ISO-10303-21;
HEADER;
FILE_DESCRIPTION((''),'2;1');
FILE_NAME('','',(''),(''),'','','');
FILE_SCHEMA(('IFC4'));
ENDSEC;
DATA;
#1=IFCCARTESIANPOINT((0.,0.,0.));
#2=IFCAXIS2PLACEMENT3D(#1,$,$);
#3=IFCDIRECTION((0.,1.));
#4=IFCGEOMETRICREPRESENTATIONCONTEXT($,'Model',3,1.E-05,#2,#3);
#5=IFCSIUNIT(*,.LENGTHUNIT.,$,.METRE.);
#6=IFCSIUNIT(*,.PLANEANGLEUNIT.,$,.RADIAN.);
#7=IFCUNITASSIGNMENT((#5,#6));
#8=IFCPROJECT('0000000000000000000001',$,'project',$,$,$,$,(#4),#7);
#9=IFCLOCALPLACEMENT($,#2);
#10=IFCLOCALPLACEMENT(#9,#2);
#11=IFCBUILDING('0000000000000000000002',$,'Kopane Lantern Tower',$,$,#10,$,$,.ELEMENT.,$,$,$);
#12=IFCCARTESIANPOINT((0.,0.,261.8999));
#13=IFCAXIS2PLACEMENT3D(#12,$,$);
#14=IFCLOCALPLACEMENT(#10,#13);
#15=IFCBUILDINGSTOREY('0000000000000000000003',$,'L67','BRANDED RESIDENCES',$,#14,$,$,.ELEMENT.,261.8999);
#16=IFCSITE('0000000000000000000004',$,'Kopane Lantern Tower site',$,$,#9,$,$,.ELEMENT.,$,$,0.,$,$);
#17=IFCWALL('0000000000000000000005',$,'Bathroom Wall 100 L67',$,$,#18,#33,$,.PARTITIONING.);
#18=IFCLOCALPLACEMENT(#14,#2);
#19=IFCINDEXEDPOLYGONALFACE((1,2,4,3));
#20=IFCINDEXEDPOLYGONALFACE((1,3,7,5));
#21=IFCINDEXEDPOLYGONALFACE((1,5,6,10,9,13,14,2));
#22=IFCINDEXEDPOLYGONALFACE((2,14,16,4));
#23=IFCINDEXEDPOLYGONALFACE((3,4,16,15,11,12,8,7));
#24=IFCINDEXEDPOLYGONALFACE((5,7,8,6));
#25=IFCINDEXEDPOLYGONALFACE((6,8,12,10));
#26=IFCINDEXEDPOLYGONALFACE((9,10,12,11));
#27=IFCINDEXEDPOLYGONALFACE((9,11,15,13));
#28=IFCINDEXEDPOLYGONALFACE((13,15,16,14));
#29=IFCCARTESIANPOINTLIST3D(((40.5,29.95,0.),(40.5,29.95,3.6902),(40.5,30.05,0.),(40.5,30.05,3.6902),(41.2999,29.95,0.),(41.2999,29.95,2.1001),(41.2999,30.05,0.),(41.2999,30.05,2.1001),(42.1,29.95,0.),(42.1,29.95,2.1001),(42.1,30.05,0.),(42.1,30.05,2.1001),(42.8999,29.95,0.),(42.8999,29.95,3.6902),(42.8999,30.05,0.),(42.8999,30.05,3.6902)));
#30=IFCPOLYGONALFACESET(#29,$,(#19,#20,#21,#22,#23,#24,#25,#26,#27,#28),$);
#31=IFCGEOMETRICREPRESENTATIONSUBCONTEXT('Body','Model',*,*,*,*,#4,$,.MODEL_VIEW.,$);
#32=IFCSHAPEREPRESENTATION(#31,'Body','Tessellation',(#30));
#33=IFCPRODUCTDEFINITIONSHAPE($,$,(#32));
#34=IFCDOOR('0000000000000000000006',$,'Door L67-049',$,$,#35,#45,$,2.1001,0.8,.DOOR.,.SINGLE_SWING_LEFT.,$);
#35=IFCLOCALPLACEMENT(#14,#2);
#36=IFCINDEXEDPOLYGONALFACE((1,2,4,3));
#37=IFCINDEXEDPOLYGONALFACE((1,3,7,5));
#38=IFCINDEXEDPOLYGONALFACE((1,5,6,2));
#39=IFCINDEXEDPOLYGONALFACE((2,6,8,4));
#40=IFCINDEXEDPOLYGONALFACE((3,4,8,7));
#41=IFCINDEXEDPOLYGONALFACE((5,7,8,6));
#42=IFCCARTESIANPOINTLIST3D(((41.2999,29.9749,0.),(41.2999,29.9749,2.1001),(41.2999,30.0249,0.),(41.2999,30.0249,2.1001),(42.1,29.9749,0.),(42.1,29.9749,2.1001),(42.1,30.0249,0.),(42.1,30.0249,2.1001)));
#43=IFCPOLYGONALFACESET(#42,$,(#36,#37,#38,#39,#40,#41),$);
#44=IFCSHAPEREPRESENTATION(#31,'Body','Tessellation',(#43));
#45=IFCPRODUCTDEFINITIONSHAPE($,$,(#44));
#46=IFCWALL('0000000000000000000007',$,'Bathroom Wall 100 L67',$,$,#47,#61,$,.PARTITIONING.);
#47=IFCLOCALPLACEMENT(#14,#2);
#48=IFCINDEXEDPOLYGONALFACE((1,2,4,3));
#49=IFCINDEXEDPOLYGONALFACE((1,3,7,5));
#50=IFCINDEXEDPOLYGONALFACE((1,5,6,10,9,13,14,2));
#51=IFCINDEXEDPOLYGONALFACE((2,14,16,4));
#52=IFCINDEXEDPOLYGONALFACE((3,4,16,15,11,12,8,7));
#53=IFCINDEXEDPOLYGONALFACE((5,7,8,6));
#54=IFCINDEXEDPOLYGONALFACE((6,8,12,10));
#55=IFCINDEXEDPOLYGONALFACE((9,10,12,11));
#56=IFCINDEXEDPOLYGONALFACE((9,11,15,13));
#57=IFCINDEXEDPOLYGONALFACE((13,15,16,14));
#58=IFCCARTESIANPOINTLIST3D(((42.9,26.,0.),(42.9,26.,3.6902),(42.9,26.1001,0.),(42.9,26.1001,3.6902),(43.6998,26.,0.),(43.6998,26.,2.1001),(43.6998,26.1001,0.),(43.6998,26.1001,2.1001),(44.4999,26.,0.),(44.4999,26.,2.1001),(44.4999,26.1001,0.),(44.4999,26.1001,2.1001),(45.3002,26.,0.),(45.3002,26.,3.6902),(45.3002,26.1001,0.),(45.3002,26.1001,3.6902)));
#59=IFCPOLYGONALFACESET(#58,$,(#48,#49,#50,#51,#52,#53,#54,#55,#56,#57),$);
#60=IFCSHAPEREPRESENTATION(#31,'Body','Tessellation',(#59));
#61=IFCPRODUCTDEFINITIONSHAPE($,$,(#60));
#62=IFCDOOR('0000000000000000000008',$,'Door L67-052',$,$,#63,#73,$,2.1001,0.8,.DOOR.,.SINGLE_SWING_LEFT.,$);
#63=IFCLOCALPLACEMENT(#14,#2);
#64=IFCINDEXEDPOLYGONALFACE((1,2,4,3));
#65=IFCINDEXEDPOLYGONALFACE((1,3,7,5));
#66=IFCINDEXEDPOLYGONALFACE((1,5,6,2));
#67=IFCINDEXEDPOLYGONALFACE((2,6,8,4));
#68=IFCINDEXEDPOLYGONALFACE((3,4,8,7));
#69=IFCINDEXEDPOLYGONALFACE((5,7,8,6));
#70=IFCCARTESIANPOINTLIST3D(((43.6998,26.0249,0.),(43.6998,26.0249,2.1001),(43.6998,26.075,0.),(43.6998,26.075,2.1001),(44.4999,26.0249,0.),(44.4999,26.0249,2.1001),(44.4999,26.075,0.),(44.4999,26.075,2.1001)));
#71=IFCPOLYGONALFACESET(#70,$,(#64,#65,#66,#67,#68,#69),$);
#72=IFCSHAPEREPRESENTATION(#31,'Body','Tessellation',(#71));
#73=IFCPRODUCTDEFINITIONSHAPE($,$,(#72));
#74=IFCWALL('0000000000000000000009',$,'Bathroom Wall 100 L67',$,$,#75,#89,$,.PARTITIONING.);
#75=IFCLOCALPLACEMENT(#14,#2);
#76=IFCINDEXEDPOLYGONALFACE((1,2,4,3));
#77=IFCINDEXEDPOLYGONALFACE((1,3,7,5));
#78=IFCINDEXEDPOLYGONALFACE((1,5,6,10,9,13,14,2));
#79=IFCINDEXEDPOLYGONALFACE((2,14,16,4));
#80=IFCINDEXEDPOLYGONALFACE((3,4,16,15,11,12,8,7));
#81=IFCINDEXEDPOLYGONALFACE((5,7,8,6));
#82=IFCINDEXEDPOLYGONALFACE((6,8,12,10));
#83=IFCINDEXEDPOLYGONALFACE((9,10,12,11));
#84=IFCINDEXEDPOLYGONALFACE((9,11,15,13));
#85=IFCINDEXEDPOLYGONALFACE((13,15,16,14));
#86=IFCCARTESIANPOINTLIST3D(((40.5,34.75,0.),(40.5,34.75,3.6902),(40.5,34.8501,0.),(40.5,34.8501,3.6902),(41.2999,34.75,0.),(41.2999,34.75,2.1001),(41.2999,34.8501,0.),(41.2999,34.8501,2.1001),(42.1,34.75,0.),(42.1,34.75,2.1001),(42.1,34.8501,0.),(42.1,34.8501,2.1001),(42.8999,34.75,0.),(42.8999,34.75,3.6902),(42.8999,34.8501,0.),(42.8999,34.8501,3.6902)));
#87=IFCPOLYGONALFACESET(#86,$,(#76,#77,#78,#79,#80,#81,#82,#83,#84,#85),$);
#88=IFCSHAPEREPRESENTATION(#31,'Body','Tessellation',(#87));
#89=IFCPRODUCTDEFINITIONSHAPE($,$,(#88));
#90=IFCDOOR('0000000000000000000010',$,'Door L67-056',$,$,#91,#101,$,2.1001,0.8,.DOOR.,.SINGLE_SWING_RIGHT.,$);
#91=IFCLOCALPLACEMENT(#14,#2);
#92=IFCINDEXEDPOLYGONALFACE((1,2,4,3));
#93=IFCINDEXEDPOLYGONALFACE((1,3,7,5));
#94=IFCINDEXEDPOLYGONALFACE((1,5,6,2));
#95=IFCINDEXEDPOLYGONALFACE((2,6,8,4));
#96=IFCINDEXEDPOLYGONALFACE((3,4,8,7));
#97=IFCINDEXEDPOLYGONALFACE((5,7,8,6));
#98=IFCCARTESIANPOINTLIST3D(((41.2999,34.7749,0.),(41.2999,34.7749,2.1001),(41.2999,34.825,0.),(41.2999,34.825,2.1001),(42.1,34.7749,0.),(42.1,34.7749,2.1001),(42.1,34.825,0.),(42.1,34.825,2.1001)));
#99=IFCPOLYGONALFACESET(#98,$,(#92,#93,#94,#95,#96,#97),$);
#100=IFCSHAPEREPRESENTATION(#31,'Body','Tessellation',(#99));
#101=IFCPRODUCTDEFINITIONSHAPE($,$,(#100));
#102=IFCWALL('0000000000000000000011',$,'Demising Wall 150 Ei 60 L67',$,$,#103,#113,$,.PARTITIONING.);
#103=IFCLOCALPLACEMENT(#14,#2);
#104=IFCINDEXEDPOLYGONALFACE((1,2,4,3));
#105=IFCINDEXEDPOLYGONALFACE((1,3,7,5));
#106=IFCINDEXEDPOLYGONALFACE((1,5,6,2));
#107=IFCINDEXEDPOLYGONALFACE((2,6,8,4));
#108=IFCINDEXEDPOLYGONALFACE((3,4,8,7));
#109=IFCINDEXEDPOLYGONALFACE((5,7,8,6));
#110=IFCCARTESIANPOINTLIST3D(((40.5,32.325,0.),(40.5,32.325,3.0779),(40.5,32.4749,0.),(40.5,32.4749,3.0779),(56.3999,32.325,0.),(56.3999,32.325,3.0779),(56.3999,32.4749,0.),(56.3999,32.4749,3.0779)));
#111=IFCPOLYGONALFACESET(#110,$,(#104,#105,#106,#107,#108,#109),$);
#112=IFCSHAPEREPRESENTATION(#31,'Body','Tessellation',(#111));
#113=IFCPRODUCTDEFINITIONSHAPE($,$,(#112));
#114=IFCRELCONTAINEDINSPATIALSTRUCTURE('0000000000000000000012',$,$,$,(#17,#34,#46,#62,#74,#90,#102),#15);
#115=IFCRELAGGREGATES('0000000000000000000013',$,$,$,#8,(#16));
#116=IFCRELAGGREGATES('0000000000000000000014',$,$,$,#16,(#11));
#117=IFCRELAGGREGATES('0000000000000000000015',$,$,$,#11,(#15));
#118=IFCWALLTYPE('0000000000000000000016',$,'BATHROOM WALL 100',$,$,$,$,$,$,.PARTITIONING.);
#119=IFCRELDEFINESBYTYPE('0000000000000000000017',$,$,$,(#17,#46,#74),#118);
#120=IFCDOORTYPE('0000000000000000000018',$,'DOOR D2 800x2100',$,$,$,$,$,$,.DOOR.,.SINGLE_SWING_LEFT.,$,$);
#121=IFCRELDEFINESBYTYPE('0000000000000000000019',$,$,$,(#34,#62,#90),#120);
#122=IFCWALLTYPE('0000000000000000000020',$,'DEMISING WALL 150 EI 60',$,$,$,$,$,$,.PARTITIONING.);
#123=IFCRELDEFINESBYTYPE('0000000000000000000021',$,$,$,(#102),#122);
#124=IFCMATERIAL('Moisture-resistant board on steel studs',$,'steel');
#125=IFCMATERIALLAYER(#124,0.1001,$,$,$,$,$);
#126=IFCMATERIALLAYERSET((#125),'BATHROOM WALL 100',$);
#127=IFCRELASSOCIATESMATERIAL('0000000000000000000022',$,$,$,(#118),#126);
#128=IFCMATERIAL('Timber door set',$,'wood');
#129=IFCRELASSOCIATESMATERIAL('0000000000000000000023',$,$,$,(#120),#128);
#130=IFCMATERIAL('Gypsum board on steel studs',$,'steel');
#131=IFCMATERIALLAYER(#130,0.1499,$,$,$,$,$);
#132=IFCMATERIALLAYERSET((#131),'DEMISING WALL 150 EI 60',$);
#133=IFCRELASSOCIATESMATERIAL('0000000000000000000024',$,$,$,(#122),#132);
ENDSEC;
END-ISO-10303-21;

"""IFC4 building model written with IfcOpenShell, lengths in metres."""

from ifc_helpers import new_model, si_unit, direction, frame, frame_2d, origin, place, context, subcontext, project, spatial, rectangle, extrude, material, layer, layer_set, type_object, element, fill, save


model = new_model("IFC4")

# Units and contexts
model_context = context("Model", 3, precision=1e-05, world=origin(), true_north=direction((0.0, 1.0)))
body_context = subcontext(model_context, "Body", "Model", "MODEL_VIEW")
ifc_project = project(units=[si_unit("LENGTHUNIT", "METRE"), si_unit("PLANEANGLEUNIT", "RADIAN")], contexts=[model_context])

# Site, building, storey
site_placement = place(None, origin())
site = spatial("IfcSite", under=ifc_project, at=site_placement, Name="Kopane Lantern Tower site", CompositionType="ELEMENT", RefElevation=0.0)
building_placement = place(site_placement, origin())
building = spatial("IfcBuilding", under=site, at=building_placement, Name="Kopane Lantern Tower", CompositionType="ELEMENT")
storey_placement = place(building_placement, frame((0.0, 0.0, 261.8999)))
storey = spatial("IfcBuildingStorey", under=building, at=storey_placement, Name="L67", Description="BRANDED RESIDENCES", CompositionType="ELEMENT", Elevation=261.8999)

# Walls, openings, doors
ifc_material_1 = material(Name="Moisture-resistant board on steel studs", Category="steel")
ifc_layer_1 = layer(ifc_material_1, 0.1001)
ifc_layer_set_1 = layer_set([ifc_layer_1], Name="BATHROOM WALL 100")
wall_type_1 = type_object("IfcWallType", Name="BATHROOM WALL 100", PredefinedType="PARTITIONING", material=ifc_layer_set_1)
wall_1_placement = place(storey_placement, frame((40.5, 30.0, 0.0), z_axis=(0.0, 0.0, 1.0), x_axis=(1.0, 0.0, 0.0)))
wall_1 = element("IfcWall", 1, at=wall_1_placement, inside=storey, type_object=wall_type_1, Name="Bathroom Wall 100 L67", PredefinedType="PARTITIONING", context=body_context, shape_type="SweptSolid", body=[
    extrude(rectangle(XDim=2.3999, YDim=0.1001, at=frame_2d((1.2, 0.0))), origin(), (0.0, 0.0, 1.0), 3.6902),
])
opening_1_placement = place(wall_1_placement, frame((0.8, 0.0, 0.0)))
opening_1 = element("IfcOpeningElement", 2, at=opening_1_placement, cuts=wall_1, PredefinedType="OPENING", context=body_context, shape_type="SweptSolid", body=[
    extrude(rectangle(XDim=0.8, YDim=2.1001, at=frame_2d((0.3999, 1.05))), frame((0.0, 0.0601, 0.0), z_axis=(0.0, -1.0, 0.0), x_axis=(1.0, 0.0, 0.0)), (0.0, 0.0, 1.0), 0.1201),
])
ifc_material_2 = material(Name="Timber door set", Category="wood")
door_type = type_object("IfcDoorType", Name="DOOR D2 800x2100", OperationType="SINGLE_SWING_LEFT", PredefinedType="DOOR", material=ifc_material_2)
door_1_placement = place(opening_1_placement, origin())
door_1 = element("IfcDoor", 3, at=door_1_placement, inside=storey, type_object=door_type, Name="Door L67-049", OperationType="SINGLE_SWING_LEFT", OverallHeight=2.1001, OverallWidth=0.8, PredefinedType="DOOR", context=body_context, shape_type="SweptSolid", body=[
    extrude(rectangle(XDim=0.8, YDim=2.1001, at=frame_2d((0.3999, 1.05))), frame((0.0, 0.0249, 0.0), z_axis=(0.0, -1.0, 0.0), x_axis=(1.0, 0.0, 0.0)), (0.0, 0.0, 1.0), 0.05),
])
fill(opening_1, door_1)
wall_2_placement = place(storey_placement, frame((42.8999, 26.05, 0.0), z_axis=(0.0, 0.0, 1.0), x_axis=(1.0, 0.0, 0.0)))
wall_2 = element("IfcWall", 4, at=wall_2_placement, inside=storey, type_object=wall_type_1, Name="Bathroom Wall 100 L67", PredefinedType="PARTITIONING", context=body_context, shape_type="SweptSolid", body=[
    extrude(rectangle(XDim=2.4001, YDim=0.1001, at=frame_2d((1.2002, 0.0))), origin(), (0.0, 0.0, 1.0), 3.6902),
])
opening_2_placement = place(wall_2_placement, frame((0.8, 0.0, 0.0)))
opening_2 = element("IfcOpeningElement", 5, at=opening_2_placement, cuts=wall_2, PredefinedType="OPENING", context=body_context, shape_type="SweptSolid", body=[
    extrude(rectangle(XDim=0.8, YDim=2.1001, at=frame_2d((0.3999, 1.05))), frame((0.0, 0.0601, 0.0), z_axis=(0.0, -1.0, 0.0), x_axis=(1.0, 0.0, 0.0)), (0.0, 0.0, 1.0), 0.1201),
])
door_2_placement = place(opening_2_placement, origin())
door_2 = element("IfcDoor", 6, at=door_2_placement, inside=storey, type_object=door_type, Name="Door L67-052", OperationType="SINGLE_SWING_LEFT", OverallHeight=2.1001, OverallWidth=0.8, PredefinedType="DOOR", context=body_context, shape_type="SweptSolid", body=[
    extrude(rectangle(XDim=0.8, YDim=2.1001, at=frame_2d((0.3999, 1.05))), frame((0.0, 0.0249, 0.0), z_axis=(0.0, -1.0, 0.0), x_axis=(1.0, 0.0, 0.0)), (0.0, 0.0, 1.0), 0.05),
])
fill(opening_2, door_2)
wall_3_placement = place(storey_placement, frame((40.5, 34.8, 0.0), z_axis=(0.0, 0.0, 1.0), x_axis=(1.0, 0.0, 0.0)))
wall_3 = element("IfcWall", 7, at=wall_3_placement, inside=storey, type_object=wall_type_1, Name="Bathroom Wall 100 L67", PredefinedType="PARTITIONING", context=body_context, shape_type="SweptSolid", body=[
    extrude(rectangle(XDim=2.3999, YDim=0.1001, at=frame_2d((1.2, 0.0))), origin(), (0.0, 0.0, 1.0), 3.6902),
])
opening_3_placement = place(wall_3_placement, frame((0.8, 0.0, 0.0)))
opening_3 = element("IfcOpeningElement", 8, at=opening_3_placement, cuts=wall_3, PredefinedType="OPENING", context=body_context, shape_type="SweptSolid", body=[
    extrude(rectangle(XDim=0.8, YDim=2.1001, at=frame_2d((0.3999, 1.05))), frame((0.0, 0.0601, 0.0), z_axis=(0.0, -1.0, 0.0), x_axis=(1.0, 0.0, 0.0)), (0.0, 0.0, 1.0), 0.1201),
])
door_3_placement = place(opening_3_placement, origin())
door_3 = element("IfcDoor", 9, at=door_3_placement, inside=storey, type_object=door_type, Name="Door L67-056", OperationType="SINGLE_SWING_RIGHT", OverallHeight=2.1001, OverallWidth=0.8, PredefinedType="DOOR", context=body_context, shape_type="SweptSolid", body=[
    extrude(rectangle(XDim=0.8, YDim=2.1001, at=frame_2d((0.3999, 1.05))), frame((0.0, 0.0249, 0.0), z_axis=(0.0, -1.0, 0.0), x_axis=(1.0, 0.0, 0.0)), (0.0, 0.0, 1.0), 0.05),
])
fill(opening_3, door_3)

# Wall
ifc_material_3 = material(Name="Gypsum board on steel studs", Category="steel")
ifc_layer_2 = layer(ifc_material_3, 0.1499)
ifc_layer_set_2 = layer_set([ifc_layer_2], Name="DEMISING WALL 150 EI 60")
wall_type_2 = type_object("IfcWallType", Name="DEMISING WALL 150 EI 60", PredefinedType="PARTITIONING", material=ifc_layer_set_2)
wall_4_placement = place(storey_placement, frame((40.5, 32.3999, 0.0), z_axis=(0.0, 0.0, 1.0), x_axis=(1.0, 0.0, 0.0)))
element("IfcWall", 10, at=wall_4_placement, inside=storey, type_object=wall_type_2, Name="Demising Wall 150 Ei 60 L67", PredefinedType="PARTITIONING", context=body_context, shape_type="SweptSolid", body=[
    extrude(rectangle(XDim=15.8999, YDim=0.1499, at=frame_2d((7.95, 0.0))), origin(), (0.0, 0.0, 1.0), 3.0779),
])

save(model, "model.ifc")
